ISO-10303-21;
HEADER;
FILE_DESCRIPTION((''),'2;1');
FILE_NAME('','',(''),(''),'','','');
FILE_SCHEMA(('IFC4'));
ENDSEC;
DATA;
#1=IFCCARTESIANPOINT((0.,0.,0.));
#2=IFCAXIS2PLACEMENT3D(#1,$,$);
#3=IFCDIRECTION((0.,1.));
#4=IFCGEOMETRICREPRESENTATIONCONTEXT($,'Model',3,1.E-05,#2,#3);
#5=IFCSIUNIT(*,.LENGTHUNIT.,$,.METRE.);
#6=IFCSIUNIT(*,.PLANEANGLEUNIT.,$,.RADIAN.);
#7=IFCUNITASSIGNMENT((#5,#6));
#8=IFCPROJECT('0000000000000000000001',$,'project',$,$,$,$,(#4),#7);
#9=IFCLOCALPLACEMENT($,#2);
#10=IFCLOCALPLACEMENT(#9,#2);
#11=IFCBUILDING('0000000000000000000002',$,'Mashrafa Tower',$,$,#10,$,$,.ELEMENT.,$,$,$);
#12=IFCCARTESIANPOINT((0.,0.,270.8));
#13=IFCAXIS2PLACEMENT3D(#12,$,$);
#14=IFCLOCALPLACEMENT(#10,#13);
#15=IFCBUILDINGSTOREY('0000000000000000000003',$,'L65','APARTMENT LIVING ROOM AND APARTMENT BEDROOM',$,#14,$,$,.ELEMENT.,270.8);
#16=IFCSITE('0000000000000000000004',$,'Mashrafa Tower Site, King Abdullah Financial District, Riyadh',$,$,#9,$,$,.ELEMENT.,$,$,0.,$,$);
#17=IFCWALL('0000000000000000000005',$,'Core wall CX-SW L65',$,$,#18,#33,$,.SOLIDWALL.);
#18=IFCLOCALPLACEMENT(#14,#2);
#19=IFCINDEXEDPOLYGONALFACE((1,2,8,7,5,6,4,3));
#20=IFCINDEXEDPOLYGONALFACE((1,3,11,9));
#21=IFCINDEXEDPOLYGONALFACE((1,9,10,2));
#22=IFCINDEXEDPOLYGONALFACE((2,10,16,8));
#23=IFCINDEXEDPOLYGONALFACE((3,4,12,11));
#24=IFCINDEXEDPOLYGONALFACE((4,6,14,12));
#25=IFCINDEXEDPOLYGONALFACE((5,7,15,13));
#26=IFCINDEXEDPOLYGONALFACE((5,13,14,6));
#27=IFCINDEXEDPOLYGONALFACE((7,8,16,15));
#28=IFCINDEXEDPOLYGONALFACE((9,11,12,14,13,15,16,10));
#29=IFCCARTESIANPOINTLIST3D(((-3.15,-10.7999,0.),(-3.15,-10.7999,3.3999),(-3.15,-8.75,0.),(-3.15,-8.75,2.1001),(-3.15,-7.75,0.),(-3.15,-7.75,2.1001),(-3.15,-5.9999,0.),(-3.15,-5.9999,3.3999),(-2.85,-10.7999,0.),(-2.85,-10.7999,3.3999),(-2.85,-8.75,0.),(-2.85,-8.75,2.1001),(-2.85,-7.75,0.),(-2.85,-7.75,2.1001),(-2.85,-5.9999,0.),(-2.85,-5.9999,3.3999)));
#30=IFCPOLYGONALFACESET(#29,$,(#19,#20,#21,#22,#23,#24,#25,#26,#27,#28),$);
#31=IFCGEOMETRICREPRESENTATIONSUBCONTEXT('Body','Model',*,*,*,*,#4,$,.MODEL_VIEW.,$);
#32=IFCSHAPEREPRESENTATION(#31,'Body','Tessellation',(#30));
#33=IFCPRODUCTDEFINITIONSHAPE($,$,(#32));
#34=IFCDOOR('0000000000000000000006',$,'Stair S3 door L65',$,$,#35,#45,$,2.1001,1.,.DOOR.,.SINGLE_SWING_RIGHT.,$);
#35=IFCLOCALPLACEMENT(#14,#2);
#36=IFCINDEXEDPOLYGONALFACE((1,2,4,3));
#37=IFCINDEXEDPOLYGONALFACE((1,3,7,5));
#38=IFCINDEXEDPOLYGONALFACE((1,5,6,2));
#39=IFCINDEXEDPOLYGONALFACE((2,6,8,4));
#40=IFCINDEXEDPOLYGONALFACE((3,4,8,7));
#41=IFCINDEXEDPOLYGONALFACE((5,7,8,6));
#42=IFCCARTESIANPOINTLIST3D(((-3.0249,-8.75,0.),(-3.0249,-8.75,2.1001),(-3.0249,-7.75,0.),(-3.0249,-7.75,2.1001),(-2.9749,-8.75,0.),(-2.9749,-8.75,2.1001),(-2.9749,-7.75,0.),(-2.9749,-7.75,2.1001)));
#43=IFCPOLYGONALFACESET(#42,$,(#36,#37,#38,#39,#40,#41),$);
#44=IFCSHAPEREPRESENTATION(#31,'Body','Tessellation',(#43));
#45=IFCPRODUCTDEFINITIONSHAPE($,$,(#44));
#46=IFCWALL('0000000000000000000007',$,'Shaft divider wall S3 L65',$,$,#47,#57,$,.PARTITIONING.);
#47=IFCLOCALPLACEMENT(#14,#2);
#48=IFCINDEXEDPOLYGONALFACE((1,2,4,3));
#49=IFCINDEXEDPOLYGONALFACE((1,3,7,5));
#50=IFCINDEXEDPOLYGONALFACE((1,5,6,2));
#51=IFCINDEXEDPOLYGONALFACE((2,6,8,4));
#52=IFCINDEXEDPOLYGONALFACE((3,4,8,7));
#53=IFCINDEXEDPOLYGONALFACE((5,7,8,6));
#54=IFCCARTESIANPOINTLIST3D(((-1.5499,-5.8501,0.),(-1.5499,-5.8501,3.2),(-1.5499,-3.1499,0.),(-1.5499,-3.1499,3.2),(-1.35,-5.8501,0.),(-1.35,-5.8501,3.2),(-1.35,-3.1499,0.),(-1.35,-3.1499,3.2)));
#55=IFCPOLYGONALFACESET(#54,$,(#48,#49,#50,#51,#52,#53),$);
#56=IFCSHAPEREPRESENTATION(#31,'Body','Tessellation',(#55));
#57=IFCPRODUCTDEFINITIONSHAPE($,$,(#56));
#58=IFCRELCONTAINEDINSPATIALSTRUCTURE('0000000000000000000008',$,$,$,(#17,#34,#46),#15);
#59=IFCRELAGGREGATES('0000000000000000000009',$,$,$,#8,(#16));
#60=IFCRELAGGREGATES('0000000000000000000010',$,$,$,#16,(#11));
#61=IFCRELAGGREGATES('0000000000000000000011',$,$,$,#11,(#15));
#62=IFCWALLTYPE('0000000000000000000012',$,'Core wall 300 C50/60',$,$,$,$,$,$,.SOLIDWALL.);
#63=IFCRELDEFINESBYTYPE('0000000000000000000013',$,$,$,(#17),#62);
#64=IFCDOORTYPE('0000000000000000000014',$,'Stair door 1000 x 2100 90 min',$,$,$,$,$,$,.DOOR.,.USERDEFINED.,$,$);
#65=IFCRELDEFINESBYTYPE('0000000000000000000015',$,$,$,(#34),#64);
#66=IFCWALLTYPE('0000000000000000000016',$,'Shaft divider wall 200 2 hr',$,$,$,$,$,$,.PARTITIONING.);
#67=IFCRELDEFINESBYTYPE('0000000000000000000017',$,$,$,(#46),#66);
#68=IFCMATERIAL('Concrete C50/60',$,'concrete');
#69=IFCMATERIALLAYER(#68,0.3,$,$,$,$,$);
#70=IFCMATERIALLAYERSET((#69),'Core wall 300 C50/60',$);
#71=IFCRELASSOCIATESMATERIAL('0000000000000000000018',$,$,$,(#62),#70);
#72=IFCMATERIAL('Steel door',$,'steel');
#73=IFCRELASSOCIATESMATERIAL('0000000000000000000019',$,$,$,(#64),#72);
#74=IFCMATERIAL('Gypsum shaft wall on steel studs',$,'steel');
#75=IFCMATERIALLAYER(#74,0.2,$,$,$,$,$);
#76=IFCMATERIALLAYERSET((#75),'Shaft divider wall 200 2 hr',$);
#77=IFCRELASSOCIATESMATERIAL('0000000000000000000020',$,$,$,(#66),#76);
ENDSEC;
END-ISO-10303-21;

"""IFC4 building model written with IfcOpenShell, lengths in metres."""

from ifc_helpers import new_model, si_unit, direction, frame, frame_2d, origin, place, context, subcontext, project, spatial, rectangle, extrude, material, layer, layer_set, type_object, element, fill, save


model = new_model("IFC4")

# Units and contexts
model_context = context("Model", 3, precision=1e-05, world=origin(), true_north=direction((0.0, 1.0)))
body_context = subcontext(model_context, "Body", "Model", "MODEL_VIEW")
ifc_project = project(units=[si_unit("LENGTHUNIT", "METRE"), si_unit("PLANEANGLEUNIT", "RADIAN")], contexts=[model_context])

# Site, building, storey
site_placement = place(None, origin())
site = spatial("IfcSite", under=ifc_project, at=site_placement, Name="Mashrafa Tower Site, King Abdullah Financial District, Riyadh", CompositionType="ELEMENT", RefElevation=0.0)
building_placement = place(site_placement, origin())
building = spatial("IfcBuilding", under=site, at=building_placement, Name="Mashrafa Tower", CompositionType="ELEMENT")
storey_placement = place(building_placement, frame((0.0, 0.0, 270.8)))
storey = spatial("IfcBuildingStorey", under=building, at=storey_placement, Name="L65", Description="APARTMENT LIVING ROOM AND APARTMENT BEDROOM", CompositionType="ELEMENT", Elevation=270.8)

# Shared definitions
ifc_material_1 = material(Name="Concrete C50/60", Category="concrete")
ifc_layer_1 = layer(ifc_material_1, 0.3)
ifc_layer_set_1 = layer_set([ifc_layer_1], Name="Core wall 300 C50/60")
wall_type_1 = type_object("IfcWallType", Name="Core wall 300 C50/60", PredefinedType="SOLIDWALL", material=ifc_layer_set_1)

# Wall, opening, door
wall_1_placement = place(storey_placement, frame((-3.0, -6.0, 0.0), z_axis=(0.0, 0.0, 1.0), x_axis=(0.0, -1.0, 0.0)))
wall_1 = element("IfcWall", 1, at=wall_1_placement, inside=storey, type_object=wall_type_1, Name="Core wall CX-SW L65", PredefinedType="SOLIDWALL", context=body_context, shape_type="SweptSolid", body=[
    extrude(rectangle(XDim=4.8, YDim=0.3, at=frame_2d((2.3999, 0.0))), origin(), (0.0, 0.0, 1.0), 3.3999),
])
opening_1_placement = place(wall_1_placement, frame((1.75, 0.0, 0.0)))
opening_1 = element("IfcOpeningElement", 2, at=opening_1_placement, cuts=wall_1, PredefinedType="OPENING", context=body_context, shape_type="SweptSolid", body=[
    extrude(rectangle(XDim=1.0, YDim=2.1001, at=frame_2d((0.5, 1.05))), frame((0.0, 0.1599, 0.0), z_axis=(0.0, -1.0, 0.0), x_axis=(1.0, 0.0, 0.0)), (0.0, 0.0, 1.0), 0.3201),
])
ifc_material_2 = material(Name="Steel door", Category="steel")
door_type_1 = type_object("IfcDoorType", Name="Stair door 1000 x 2100 90 min", OperationType="USERDEFINED", PredefinedType="DOOR", material=ifc_material_2)
door_1_placement = place(opening_1_placement, frame((1.0, 0.0, 0.0), z_axis=(0.0, 0.0, 1.0), x_axis=(-1.0, 0.0, 0.0)))
door_1 = element("IfcDoor", 3, at=door_1_placement, inside=storey, type_object=door_type_1, Name="Stair S3 door L65", OperationType="SINGLE_SWING_RIGHT", OverallHeight=2.1001, OverallWidth=1.0, PredefinedType="DOOR", context=body_context, shape_type="SweptSolid", body=[
    extrude(rectangle(XDim=1.0, YDim=2.1001, at=frame_2d((0.5, 1.05))), frame((0.0, 0.0249, 0.0), z_axis=(0.0, -1.0, 0.0), x_axis=(1.0, 0.0, 0.0)), (0.0, 0.0, 1.0), 0.05),
])
fill(opening_1, door_1)

# Wall
ifc_material_3 = material(Name="Gypsum shaft wall on steel studs", Category="steel")
ifc_layer_2 = layer(ifc_material_3, 0.2)
ifc_layer_set_2 = layer_set([ifc_layer_2], Name="Shaft divider wall 200 2 hr")
wall_type_2 = type_object("IfcWallType", Name="Shaft divider wall 200 2 hr", PredefinedType="PARTITIONING", material=ifc_layer_set_2)
wall_2_placement = place(storey_placement, frame((-1.45, -5.8501, 0.0), z_axis=(0.0, 0.0, 1.0), x_axis=(0.0, 1.0, 0.0)))
element("IfcWall", 4, at=wall_2_placement, inside=storey, type_object=wall_type_2, Name="Shaft divider wall S3 L65", PredefinedType="PARTITIONING", context=body_context, shape_type="SweptSolid", body=[
    extrude(rectangle(XDim=2.7002, YDim=0.2, at=frame_2d((1.3501, 0.0))), origin(), (0.0, 0.0, 1.0), 3.2),
])

save(model, "model.ifc")
